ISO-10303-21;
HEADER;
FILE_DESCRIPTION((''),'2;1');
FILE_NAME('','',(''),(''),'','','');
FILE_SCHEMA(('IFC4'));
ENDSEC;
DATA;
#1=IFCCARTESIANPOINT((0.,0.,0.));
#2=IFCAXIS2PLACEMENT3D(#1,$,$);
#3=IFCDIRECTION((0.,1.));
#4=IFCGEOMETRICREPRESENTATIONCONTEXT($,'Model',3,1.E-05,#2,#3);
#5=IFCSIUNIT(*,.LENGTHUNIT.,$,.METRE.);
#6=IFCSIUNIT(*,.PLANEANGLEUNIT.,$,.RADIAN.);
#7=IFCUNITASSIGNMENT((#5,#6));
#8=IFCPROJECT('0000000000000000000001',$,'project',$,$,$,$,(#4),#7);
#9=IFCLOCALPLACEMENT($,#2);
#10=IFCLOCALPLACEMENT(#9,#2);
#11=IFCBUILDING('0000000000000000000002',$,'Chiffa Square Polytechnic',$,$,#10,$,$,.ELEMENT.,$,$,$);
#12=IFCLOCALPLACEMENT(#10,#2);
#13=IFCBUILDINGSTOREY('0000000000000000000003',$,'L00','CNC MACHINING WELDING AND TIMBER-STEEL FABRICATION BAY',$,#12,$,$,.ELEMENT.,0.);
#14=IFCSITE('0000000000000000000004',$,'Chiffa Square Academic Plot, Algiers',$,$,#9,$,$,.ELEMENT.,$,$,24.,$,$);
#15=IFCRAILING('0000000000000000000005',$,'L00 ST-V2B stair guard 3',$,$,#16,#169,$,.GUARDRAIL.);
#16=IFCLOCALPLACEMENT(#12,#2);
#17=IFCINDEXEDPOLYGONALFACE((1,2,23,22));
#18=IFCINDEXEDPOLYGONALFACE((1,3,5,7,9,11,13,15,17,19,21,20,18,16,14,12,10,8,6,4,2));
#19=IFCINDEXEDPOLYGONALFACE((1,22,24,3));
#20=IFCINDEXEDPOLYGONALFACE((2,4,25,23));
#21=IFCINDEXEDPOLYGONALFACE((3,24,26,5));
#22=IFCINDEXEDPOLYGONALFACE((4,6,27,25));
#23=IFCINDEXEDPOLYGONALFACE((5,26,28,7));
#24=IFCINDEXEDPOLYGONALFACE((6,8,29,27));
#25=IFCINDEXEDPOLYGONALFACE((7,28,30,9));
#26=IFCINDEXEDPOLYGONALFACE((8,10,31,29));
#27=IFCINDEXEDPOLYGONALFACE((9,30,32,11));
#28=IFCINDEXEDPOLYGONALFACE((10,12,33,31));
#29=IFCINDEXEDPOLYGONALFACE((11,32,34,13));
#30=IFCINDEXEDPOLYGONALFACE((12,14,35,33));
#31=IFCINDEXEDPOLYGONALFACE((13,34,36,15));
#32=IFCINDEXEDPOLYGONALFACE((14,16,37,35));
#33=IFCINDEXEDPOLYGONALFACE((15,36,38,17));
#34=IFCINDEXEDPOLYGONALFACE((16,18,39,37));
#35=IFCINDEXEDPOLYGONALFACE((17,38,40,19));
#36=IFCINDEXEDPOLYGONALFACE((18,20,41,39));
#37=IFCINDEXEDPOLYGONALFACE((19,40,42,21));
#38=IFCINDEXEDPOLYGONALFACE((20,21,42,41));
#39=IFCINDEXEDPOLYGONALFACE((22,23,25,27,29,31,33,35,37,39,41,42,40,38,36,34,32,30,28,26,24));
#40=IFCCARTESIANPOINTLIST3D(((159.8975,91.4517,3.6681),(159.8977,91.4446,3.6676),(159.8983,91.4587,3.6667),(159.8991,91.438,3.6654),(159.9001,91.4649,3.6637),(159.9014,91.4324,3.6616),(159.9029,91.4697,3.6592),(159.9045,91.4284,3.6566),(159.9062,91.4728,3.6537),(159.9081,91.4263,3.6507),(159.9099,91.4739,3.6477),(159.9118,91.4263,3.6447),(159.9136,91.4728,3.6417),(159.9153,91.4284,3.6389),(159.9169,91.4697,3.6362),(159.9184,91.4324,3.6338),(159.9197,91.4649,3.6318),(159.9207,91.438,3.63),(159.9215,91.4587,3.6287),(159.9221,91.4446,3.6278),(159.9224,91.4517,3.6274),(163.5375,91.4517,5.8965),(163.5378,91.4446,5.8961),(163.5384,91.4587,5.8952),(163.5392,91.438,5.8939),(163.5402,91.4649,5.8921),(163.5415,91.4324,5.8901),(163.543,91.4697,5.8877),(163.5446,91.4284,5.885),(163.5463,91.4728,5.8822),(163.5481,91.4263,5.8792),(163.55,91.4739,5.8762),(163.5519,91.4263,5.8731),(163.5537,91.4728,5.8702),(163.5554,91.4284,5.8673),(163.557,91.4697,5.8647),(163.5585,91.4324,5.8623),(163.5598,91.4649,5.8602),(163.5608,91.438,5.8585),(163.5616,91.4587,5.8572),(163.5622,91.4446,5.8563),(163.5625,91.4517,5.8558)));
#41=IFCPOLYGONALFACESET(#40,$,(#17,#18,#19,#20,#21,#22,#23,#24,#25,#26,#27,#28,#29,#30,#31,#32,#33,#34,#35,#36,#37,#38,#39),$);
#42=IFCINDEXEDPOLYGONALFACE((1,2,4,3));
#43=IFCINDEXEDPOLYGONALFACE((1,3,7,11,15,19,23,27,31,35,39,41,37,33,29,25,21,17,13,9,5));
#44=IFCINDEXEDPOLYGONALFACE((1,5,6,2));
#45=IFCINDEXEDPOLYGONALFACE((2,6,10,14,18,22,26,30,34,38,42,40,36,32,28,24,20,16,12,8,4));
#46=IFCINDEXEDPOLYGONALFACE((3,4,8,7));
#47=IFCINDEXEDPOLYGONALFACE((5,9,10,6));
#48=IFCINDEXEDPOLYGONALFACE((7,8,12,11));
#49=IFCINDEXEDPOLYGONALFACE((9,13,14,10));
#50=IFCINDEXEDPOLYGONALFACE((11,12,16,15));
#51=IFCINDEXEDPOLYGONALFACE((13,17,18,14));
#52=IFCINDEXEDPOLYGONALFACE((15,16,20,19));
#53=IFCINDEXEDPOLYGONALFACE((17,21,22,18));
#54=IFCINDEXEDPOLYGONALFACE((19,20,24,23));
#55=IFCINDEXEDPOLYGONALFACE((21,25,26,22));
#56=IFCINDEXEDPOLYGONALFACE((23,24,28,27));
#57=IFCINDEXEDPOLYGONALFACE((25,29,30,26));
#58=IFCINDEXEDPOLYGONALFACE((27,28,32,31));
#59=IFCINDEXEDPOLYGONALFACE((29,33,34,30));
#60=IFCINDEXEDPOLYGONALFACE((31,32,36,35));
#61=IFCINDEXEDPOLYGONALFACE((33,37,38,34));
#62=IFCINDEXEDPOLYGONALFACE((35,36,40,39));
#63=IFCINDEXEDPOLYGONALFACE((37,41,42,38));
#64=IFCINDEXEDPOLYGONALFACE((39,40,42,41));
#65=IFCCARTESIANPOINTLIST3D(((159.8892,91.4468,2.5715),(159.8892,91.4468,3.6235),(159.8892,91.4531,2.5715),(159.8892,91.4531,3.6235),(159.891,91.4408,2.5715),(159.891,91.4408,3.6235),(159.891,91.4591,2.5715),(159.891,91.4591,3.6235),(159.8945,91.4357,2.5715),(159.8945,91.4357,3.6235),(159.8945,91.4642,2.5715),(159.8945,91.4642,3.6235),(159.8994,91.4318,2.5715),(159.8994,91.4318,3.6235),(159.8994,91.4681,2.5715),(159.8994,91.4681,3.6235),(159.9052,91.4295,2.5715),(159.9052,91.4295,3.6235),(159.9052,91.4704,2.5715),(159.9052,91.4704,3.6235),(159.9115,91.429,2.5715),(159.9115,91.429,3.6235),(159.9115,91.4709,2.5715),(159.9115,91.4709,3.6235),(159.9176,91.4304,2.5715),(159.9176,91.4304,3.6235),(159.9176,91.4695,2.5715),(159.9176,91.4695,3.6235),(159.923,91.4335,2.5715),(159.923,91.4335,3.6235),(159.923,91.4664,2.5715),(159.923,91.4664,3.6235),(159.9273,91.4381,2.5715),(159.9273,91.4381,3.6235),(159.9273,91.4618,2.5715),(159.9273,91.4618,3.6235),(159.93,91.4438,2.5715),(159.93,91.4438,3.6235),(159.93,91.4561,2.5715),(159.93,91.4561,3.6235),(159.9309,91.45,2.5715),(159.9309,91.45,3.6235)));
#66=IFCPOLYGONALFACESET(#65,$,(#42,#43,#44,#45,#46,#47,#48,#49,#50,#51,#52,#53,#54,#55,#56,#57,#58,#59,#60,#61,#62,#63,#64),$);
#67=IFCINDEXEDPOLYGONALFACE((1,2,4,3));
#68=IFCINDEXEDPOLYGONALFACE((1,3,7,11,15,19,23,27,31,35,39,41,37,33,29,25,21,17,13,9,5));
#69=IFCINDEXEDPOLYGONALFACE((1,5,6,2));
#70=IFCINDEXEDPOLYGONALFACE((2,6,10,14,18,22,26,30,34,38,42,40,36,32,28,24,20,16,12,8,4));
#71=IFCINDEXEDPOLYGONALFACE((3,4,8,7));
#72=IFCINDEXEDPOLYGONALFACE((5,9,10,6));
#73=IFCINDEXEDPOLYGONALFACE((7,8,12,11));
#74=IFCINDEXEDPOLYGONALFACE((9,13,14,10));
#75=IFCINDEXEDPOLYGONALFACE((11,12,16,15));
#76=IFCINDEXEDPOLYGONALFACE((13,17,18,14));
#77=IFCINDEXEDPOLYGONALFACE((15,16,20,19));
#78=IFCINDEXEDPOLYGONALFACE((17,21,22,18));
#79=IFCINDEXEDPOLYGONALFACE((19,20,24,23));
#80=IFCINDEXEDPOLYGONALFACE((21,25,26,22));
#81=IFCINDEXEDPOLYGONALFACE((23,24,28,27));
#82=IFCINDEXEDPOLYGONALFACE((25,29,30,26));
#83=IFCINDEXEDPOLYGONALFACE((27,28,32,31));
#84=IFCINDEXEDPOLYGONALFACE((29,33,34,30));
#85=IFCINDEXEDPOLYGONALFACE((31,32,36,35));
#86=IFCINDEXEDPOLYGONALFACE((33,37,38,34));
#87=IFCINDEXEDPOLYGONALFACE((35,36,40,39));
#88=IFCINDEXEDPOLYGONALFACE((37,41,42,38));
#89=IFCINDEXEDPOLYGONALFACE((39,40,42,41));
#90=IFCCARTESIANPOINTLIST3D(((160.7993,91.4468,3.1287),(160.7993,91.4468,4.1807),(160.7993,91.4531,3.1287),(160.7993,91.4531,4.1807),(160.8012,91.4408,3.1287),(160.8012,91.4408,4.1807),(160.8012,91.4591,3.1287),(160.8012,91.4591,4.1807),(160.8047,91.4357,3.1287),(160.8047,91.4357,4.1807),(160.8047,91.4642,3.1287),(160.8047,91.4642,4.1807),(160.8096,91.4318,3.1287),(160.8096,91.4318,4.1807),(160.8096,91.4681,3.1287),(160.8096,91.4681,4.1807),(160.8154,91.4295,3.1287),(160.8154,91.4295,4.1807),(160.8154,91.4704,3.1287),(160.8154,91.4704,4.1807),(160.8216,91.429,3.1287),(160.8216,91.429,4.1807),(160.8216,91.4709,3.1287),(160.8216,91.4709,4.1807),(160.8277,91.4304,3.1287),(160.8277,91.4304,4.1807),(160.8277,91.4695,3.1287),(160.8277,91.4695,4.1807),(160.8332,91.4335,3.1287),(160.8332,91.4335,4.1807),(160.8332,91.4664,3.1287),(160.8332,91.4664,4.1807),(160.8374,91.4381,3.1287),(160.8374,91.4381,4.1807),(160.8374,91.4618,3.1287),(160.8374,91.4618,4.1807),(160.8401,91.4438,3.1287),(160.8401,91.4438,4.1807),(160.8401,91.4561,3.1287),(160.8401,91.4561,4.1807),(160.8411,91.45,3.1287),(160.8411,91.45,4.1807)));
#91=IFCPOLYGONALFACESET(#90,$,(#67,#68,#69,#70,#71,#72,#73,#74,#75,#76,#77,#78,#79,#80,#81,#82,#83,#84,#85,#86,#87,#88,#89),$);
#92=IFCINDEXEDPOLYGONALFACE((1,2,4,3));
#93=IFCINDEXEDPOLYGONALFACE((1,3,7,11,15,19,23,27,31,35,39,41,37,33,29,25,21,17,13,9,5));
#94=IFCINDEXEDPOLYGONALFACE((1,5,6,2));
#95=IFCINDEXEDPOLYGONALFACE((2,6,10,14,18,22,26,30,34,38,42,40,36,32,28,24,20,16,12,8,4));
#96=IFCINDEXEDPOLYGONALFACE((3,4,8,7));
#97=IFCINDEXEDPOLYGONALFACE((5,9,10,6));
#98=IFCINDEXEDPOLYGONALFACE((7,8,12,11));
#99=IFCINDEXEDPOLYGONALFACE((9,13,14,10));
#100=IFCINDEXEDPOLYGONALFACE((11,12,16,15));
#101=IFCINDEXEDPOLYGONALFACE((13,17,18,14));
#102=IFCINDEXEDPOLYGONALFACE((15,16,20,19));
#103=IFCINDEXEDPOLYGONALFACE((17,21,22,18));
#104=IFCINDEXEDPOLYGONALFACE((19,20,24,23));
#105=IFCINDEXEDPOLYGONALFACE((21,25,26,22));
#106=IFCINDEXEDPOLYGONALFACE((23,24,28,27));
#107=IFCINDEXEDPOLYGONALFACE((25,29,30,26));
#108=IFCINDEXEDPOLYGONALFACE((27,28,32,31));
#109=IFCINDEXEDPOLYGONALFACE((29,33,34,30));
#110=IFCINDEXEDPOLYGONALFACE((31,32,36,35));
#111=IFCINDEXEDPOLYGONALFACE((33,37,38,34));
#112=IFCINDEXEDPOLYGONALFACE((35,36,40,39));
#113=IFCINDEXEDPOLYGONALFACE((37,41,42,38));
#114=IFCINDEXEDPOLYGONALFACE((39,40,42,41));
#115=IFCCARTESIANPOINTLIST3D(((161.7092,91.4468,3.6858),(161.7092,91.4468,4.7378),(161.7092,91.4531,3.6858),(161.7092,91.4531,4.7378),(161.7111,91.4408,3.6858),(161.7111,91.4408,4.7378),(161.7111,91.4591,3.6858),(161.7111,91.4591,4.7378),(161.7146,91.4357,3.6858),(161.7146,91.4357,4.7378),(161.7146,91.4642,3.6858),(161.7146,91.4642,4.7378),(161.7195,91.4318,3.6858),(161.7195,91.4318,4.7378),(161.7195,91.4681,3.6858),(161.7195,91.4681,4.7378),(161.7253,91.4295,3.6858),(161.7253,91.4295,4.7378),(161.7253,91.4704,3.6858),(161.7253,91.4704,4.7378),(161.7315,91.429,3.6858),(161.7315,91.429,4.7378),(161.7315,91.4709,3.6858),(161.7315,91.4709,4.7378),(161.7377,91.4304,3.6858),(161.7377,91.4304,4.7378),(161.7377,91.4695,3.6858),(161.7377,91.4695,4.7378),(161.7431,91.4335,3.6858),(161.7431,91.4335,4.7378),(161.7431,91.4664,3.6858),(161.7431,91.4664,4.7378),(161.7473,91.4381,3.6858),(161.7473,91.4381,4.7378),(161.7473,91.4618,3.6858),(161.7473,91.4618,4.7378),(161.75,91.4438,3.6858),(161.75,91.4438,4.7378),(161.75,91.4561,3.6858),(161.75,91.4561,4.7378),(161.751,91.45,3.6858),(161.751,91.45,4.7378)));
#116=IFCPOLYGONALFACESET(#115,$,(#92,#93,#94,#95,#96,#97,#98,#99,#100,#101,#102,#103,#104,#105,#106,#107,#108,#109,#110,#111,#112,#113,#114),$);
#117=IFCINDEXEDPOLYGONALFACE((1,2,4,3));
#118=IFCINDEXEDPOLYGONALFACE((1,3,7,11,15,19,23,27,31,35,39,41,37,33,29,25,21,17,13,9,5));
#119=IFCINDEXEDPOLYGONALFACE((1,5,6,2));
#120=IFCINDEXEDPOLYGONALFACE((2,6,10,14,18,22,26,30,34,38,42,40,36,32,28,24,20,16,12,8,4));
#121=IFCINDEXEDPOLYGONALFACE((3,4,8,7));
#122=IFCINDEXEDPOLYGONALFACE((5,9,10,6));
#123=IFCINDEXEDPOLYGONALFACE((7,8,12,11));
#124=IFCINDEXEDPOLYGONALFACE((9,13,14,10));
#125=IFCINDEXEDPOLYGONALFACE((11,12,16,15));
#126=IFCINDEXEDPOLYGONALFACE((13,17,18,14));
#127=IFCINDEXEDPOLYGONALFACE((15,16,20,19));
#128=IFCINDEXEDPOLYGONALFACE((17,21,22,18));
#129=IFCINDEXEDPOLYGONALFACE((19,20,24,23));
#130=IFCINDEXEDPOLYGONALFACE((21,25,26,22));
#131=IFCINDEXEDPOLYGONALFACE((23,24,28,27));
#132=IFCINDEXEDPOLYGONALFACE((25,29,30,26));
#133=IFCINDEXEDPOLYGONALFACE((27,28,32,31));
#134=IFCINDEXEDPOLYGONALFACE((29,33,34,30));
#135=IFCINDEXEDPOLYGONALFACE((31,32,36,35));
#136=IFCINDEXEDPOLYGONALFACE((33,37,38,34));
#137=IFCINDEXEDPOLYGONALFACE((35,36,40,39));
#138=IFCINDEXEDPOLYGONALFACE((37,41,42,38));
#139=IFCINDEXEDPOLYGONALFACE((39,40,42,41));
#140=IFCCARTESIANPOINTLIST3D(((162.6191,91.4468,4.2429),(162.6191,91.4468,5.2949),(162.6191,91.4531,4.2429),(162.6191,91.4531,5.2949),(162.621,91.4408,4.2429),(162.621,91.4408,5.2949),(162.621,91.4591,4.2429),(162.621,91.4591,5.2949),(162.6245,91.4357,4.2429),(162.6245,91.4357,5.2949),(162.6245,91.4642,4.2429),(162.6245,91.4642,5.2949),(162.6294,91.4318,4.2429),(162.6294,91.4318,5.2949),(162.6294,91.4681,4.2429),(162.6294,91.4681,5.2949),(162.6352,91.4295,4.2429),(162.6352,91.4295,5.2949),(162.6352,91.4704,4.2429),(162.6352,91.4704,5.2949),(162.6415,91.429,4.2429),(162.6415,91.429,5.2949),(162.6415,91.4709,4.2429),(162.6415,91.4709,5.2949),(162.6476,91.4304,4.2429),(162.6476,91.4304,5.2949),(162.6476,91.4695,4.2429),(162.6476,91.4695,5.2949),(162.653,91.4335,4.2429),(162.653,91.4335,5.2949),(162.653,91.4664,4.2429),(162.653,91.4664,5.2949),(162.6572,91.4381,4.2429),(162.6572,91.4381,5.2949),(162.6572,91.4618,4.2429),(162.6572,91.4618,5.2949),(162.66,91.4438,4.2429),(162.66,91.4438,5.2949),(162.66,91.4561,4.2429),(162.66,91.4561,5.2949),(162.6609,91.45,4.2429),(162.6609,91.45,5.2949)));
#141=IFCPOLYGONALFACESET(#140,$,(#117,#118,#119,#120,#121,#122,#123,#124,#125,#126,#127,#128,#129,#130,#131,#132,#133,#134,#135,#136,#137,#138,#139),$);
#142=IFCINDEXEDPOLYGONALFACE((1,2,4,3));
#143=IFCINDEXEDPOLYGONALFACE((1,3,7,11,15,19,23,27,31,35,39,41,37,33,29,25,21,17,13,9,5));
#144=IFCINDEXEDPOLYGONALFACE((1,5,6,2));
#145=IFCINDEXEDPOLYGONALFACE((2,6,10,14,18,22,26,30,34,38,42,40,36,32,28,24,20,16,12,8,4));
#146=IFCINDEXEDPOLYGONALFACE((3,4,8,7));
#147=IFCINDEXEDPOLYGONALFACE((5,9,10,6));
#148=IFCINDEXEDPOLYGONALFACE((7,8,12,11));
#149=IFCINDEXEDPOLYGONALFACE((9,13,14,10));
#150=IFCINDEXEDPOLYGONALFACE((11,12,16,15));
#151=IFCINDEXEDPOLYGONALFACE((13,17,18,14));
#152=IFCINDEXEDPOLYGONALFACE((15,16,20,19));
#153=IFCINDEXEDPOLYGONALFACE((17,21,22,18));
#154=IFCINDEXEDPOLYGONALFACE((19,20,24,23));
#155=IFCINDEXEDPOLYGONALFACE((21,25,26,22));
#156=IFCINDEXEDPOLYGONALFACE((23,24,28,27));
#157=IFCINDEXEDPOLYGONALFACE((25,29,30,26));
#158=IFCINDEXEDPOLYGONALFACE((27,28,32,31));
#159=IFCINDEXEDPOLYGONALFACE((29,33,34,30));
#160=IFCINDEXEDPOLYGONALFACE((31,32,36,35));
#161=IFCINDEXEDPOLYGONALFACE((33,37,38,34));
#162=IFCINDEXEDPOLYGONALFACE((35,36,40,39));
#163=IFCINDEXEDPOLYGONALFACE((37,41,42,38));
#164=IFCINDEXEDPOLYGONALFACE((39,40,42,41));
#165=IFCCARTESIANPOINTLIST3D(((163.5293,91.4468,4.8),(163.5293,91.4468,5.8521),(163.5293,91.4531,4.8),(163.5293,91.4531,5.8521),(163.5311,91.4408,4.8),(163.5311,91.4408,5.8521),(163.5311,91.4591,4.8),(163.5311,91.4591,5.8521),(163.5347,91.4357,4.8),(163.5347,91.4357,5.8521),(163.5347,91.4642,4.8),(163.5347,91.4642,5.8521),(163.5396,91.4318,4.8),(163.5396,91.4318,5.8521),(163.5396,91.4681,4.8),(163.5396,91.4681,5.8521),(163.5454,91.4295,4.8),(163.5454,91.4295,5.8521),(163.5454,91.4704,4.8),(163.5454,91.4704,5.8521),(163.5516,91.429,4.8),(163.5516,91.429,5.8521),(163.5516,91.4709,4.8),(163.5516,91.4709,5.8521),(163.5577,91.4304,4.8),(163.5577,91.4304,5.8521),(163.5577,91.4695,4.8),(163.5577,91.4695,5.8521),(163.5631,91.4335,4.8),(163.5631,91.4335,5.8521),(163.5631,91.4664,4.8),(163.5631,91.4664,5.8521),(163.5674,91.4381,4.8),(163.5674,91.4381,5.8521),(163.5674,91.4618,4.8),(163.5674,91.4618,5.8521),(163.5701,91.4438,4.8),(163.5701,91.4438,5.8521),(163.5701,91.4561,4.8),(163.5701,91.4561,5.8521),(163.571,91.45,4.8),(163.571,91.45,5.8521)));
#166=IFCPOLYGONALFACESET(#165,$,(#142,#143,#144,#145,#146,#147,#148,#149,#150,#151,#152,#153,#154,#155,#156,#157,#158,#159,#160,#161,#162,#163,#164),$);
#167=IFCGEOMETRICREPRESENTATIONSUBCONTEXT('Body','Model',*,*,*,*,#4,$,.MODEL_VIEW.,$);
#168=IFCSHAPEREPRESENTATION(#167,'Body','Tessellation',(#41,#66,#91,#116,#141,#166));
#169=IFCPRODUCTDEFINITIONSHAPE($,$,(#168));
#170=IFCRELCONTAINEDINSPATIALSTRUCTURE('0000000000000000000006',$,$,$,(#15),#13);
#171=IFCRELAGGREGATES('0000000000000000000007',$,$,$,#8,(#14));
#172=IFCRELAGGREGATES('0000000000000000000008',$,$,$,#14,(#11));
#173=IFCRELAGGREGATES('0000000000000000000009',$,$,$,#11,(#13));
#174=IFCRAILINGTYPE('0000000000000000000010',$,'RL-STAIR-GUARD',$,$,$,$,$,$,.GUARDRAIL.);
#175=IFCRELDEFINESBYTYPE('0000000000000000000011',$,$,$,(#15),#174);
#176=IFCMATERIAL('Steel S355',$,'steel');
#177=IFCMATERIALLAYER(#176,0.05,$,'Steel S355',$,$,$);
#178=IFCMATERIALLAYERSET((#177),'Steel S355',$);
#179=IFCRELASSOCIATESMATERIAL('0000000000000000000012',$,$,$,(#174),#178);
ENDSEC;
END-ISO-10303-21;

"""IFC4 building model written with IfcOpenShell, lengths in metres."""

from ifc_helpers import new_model, si_unit, direction, frame, origin, origin_2d, place, context, subcontext, project, spatial, circle, extrude, material, layer, layer_set, type_object, element, save


model = new_model("IFC4")

# Units and contexts
model_context = context("Model", 3, precision=1e-05, world=origin(), true_north=direction((0.0, 1.0)))
body_context = subcontext(model_context, "Body", "Model", "MODEL_VIEW")
ifc_project = project(units=[si_unit("LENGTHUNIT", "METRE"), si_unit("PLANEANGLEUNIT", "RADIAN")], contexts=[model_context])

# Site, building, storey
site_placement = place(None, origin())
site = spatial("IfcSite", under=ifc_project, at=site_placement, Name="Chiffa Square Academic Plot, Algiers", CompositionType="ELEMENT", RefElevation=24.0)
building_placement = place(site_placement, origin())
building = spatial("IfcBuilding", under=site, at=building_placement, Name="Chiffa Square Polytechnic", CompositionType="ELEMENT")
storey_placement = place(building_placement, origin())
storey = spatial("IfcBuildingStorey", under=building, at=storey_placement, Name="L00", Description="CNC MACHINING WELDING AND TIMBER-STEEL FABRICATION BAY", CompositionType="ELEMENT", Elevation=0.0)

# Railing
ifc_material_1 = material(Name="Steel S355", Category="steel")
ifc_layer_1 = layer(ifc_material_1, 0.05, Name="Steel S355")
ifc_layer_set_1 = layer_set([ifc_layer_1], Name="Steel S355")
railing_type_1 = type_object("IfcRailingType", Name="RL-STAIR-GUARD", PredefinedType="GUARDRAIL", material=ifc_layer_set_1)
railing_1_placement = place(storey_placement, frame((159.9099, 91.45, 2.5715)))
element("IfcRailing", 1, at=railing_1_placement, inside=storey, type_object=railing_type_1, Name="L00 ST-V2B stair guard 3", PredefinedType="GUARDRAIL", context=body_context, shape_type="SweptSolid", body=[
    extrude(circle(Radius=0.0239, at=origin_2d()), frame((0.0, 0.0, 1.0762), z_axis=(0.852866, 0.0, 0.52213), x_axis=(0.0, 1.0, 0.0)), (0.0, 0.0, 1.0), 4.2681),
    extrude(circle(Radius=0.021, at=origin_2d()), origin(), (0.0, 0.0, 1.0), 1.052),
    extrude(circle(Radius=0.021, at=origin_2d()), frame((0.9102, 0.0, 0.5571)), (0.0, 0.0, 1.0), 1.052),
    extrude(circle(Radius=0.021, at=origin_2d()), frame((1.8201, 0.0, 1.1143)), (0.0, 0.0, 1.0), 1.052),
    extrude(circle(Radius=0.021, at=origin_2d()), frame((2.73, 0.0, 1.6714)), (0.0, 0.0, 1.0), 1.052),
    extrude(circle(Radius=0.021, at=origin_2d()), frame((3.6401, 0.0, 2.2285)), (0.0, 0.0, 1.0), 1.052),
])

save(model, "model.ifc")
